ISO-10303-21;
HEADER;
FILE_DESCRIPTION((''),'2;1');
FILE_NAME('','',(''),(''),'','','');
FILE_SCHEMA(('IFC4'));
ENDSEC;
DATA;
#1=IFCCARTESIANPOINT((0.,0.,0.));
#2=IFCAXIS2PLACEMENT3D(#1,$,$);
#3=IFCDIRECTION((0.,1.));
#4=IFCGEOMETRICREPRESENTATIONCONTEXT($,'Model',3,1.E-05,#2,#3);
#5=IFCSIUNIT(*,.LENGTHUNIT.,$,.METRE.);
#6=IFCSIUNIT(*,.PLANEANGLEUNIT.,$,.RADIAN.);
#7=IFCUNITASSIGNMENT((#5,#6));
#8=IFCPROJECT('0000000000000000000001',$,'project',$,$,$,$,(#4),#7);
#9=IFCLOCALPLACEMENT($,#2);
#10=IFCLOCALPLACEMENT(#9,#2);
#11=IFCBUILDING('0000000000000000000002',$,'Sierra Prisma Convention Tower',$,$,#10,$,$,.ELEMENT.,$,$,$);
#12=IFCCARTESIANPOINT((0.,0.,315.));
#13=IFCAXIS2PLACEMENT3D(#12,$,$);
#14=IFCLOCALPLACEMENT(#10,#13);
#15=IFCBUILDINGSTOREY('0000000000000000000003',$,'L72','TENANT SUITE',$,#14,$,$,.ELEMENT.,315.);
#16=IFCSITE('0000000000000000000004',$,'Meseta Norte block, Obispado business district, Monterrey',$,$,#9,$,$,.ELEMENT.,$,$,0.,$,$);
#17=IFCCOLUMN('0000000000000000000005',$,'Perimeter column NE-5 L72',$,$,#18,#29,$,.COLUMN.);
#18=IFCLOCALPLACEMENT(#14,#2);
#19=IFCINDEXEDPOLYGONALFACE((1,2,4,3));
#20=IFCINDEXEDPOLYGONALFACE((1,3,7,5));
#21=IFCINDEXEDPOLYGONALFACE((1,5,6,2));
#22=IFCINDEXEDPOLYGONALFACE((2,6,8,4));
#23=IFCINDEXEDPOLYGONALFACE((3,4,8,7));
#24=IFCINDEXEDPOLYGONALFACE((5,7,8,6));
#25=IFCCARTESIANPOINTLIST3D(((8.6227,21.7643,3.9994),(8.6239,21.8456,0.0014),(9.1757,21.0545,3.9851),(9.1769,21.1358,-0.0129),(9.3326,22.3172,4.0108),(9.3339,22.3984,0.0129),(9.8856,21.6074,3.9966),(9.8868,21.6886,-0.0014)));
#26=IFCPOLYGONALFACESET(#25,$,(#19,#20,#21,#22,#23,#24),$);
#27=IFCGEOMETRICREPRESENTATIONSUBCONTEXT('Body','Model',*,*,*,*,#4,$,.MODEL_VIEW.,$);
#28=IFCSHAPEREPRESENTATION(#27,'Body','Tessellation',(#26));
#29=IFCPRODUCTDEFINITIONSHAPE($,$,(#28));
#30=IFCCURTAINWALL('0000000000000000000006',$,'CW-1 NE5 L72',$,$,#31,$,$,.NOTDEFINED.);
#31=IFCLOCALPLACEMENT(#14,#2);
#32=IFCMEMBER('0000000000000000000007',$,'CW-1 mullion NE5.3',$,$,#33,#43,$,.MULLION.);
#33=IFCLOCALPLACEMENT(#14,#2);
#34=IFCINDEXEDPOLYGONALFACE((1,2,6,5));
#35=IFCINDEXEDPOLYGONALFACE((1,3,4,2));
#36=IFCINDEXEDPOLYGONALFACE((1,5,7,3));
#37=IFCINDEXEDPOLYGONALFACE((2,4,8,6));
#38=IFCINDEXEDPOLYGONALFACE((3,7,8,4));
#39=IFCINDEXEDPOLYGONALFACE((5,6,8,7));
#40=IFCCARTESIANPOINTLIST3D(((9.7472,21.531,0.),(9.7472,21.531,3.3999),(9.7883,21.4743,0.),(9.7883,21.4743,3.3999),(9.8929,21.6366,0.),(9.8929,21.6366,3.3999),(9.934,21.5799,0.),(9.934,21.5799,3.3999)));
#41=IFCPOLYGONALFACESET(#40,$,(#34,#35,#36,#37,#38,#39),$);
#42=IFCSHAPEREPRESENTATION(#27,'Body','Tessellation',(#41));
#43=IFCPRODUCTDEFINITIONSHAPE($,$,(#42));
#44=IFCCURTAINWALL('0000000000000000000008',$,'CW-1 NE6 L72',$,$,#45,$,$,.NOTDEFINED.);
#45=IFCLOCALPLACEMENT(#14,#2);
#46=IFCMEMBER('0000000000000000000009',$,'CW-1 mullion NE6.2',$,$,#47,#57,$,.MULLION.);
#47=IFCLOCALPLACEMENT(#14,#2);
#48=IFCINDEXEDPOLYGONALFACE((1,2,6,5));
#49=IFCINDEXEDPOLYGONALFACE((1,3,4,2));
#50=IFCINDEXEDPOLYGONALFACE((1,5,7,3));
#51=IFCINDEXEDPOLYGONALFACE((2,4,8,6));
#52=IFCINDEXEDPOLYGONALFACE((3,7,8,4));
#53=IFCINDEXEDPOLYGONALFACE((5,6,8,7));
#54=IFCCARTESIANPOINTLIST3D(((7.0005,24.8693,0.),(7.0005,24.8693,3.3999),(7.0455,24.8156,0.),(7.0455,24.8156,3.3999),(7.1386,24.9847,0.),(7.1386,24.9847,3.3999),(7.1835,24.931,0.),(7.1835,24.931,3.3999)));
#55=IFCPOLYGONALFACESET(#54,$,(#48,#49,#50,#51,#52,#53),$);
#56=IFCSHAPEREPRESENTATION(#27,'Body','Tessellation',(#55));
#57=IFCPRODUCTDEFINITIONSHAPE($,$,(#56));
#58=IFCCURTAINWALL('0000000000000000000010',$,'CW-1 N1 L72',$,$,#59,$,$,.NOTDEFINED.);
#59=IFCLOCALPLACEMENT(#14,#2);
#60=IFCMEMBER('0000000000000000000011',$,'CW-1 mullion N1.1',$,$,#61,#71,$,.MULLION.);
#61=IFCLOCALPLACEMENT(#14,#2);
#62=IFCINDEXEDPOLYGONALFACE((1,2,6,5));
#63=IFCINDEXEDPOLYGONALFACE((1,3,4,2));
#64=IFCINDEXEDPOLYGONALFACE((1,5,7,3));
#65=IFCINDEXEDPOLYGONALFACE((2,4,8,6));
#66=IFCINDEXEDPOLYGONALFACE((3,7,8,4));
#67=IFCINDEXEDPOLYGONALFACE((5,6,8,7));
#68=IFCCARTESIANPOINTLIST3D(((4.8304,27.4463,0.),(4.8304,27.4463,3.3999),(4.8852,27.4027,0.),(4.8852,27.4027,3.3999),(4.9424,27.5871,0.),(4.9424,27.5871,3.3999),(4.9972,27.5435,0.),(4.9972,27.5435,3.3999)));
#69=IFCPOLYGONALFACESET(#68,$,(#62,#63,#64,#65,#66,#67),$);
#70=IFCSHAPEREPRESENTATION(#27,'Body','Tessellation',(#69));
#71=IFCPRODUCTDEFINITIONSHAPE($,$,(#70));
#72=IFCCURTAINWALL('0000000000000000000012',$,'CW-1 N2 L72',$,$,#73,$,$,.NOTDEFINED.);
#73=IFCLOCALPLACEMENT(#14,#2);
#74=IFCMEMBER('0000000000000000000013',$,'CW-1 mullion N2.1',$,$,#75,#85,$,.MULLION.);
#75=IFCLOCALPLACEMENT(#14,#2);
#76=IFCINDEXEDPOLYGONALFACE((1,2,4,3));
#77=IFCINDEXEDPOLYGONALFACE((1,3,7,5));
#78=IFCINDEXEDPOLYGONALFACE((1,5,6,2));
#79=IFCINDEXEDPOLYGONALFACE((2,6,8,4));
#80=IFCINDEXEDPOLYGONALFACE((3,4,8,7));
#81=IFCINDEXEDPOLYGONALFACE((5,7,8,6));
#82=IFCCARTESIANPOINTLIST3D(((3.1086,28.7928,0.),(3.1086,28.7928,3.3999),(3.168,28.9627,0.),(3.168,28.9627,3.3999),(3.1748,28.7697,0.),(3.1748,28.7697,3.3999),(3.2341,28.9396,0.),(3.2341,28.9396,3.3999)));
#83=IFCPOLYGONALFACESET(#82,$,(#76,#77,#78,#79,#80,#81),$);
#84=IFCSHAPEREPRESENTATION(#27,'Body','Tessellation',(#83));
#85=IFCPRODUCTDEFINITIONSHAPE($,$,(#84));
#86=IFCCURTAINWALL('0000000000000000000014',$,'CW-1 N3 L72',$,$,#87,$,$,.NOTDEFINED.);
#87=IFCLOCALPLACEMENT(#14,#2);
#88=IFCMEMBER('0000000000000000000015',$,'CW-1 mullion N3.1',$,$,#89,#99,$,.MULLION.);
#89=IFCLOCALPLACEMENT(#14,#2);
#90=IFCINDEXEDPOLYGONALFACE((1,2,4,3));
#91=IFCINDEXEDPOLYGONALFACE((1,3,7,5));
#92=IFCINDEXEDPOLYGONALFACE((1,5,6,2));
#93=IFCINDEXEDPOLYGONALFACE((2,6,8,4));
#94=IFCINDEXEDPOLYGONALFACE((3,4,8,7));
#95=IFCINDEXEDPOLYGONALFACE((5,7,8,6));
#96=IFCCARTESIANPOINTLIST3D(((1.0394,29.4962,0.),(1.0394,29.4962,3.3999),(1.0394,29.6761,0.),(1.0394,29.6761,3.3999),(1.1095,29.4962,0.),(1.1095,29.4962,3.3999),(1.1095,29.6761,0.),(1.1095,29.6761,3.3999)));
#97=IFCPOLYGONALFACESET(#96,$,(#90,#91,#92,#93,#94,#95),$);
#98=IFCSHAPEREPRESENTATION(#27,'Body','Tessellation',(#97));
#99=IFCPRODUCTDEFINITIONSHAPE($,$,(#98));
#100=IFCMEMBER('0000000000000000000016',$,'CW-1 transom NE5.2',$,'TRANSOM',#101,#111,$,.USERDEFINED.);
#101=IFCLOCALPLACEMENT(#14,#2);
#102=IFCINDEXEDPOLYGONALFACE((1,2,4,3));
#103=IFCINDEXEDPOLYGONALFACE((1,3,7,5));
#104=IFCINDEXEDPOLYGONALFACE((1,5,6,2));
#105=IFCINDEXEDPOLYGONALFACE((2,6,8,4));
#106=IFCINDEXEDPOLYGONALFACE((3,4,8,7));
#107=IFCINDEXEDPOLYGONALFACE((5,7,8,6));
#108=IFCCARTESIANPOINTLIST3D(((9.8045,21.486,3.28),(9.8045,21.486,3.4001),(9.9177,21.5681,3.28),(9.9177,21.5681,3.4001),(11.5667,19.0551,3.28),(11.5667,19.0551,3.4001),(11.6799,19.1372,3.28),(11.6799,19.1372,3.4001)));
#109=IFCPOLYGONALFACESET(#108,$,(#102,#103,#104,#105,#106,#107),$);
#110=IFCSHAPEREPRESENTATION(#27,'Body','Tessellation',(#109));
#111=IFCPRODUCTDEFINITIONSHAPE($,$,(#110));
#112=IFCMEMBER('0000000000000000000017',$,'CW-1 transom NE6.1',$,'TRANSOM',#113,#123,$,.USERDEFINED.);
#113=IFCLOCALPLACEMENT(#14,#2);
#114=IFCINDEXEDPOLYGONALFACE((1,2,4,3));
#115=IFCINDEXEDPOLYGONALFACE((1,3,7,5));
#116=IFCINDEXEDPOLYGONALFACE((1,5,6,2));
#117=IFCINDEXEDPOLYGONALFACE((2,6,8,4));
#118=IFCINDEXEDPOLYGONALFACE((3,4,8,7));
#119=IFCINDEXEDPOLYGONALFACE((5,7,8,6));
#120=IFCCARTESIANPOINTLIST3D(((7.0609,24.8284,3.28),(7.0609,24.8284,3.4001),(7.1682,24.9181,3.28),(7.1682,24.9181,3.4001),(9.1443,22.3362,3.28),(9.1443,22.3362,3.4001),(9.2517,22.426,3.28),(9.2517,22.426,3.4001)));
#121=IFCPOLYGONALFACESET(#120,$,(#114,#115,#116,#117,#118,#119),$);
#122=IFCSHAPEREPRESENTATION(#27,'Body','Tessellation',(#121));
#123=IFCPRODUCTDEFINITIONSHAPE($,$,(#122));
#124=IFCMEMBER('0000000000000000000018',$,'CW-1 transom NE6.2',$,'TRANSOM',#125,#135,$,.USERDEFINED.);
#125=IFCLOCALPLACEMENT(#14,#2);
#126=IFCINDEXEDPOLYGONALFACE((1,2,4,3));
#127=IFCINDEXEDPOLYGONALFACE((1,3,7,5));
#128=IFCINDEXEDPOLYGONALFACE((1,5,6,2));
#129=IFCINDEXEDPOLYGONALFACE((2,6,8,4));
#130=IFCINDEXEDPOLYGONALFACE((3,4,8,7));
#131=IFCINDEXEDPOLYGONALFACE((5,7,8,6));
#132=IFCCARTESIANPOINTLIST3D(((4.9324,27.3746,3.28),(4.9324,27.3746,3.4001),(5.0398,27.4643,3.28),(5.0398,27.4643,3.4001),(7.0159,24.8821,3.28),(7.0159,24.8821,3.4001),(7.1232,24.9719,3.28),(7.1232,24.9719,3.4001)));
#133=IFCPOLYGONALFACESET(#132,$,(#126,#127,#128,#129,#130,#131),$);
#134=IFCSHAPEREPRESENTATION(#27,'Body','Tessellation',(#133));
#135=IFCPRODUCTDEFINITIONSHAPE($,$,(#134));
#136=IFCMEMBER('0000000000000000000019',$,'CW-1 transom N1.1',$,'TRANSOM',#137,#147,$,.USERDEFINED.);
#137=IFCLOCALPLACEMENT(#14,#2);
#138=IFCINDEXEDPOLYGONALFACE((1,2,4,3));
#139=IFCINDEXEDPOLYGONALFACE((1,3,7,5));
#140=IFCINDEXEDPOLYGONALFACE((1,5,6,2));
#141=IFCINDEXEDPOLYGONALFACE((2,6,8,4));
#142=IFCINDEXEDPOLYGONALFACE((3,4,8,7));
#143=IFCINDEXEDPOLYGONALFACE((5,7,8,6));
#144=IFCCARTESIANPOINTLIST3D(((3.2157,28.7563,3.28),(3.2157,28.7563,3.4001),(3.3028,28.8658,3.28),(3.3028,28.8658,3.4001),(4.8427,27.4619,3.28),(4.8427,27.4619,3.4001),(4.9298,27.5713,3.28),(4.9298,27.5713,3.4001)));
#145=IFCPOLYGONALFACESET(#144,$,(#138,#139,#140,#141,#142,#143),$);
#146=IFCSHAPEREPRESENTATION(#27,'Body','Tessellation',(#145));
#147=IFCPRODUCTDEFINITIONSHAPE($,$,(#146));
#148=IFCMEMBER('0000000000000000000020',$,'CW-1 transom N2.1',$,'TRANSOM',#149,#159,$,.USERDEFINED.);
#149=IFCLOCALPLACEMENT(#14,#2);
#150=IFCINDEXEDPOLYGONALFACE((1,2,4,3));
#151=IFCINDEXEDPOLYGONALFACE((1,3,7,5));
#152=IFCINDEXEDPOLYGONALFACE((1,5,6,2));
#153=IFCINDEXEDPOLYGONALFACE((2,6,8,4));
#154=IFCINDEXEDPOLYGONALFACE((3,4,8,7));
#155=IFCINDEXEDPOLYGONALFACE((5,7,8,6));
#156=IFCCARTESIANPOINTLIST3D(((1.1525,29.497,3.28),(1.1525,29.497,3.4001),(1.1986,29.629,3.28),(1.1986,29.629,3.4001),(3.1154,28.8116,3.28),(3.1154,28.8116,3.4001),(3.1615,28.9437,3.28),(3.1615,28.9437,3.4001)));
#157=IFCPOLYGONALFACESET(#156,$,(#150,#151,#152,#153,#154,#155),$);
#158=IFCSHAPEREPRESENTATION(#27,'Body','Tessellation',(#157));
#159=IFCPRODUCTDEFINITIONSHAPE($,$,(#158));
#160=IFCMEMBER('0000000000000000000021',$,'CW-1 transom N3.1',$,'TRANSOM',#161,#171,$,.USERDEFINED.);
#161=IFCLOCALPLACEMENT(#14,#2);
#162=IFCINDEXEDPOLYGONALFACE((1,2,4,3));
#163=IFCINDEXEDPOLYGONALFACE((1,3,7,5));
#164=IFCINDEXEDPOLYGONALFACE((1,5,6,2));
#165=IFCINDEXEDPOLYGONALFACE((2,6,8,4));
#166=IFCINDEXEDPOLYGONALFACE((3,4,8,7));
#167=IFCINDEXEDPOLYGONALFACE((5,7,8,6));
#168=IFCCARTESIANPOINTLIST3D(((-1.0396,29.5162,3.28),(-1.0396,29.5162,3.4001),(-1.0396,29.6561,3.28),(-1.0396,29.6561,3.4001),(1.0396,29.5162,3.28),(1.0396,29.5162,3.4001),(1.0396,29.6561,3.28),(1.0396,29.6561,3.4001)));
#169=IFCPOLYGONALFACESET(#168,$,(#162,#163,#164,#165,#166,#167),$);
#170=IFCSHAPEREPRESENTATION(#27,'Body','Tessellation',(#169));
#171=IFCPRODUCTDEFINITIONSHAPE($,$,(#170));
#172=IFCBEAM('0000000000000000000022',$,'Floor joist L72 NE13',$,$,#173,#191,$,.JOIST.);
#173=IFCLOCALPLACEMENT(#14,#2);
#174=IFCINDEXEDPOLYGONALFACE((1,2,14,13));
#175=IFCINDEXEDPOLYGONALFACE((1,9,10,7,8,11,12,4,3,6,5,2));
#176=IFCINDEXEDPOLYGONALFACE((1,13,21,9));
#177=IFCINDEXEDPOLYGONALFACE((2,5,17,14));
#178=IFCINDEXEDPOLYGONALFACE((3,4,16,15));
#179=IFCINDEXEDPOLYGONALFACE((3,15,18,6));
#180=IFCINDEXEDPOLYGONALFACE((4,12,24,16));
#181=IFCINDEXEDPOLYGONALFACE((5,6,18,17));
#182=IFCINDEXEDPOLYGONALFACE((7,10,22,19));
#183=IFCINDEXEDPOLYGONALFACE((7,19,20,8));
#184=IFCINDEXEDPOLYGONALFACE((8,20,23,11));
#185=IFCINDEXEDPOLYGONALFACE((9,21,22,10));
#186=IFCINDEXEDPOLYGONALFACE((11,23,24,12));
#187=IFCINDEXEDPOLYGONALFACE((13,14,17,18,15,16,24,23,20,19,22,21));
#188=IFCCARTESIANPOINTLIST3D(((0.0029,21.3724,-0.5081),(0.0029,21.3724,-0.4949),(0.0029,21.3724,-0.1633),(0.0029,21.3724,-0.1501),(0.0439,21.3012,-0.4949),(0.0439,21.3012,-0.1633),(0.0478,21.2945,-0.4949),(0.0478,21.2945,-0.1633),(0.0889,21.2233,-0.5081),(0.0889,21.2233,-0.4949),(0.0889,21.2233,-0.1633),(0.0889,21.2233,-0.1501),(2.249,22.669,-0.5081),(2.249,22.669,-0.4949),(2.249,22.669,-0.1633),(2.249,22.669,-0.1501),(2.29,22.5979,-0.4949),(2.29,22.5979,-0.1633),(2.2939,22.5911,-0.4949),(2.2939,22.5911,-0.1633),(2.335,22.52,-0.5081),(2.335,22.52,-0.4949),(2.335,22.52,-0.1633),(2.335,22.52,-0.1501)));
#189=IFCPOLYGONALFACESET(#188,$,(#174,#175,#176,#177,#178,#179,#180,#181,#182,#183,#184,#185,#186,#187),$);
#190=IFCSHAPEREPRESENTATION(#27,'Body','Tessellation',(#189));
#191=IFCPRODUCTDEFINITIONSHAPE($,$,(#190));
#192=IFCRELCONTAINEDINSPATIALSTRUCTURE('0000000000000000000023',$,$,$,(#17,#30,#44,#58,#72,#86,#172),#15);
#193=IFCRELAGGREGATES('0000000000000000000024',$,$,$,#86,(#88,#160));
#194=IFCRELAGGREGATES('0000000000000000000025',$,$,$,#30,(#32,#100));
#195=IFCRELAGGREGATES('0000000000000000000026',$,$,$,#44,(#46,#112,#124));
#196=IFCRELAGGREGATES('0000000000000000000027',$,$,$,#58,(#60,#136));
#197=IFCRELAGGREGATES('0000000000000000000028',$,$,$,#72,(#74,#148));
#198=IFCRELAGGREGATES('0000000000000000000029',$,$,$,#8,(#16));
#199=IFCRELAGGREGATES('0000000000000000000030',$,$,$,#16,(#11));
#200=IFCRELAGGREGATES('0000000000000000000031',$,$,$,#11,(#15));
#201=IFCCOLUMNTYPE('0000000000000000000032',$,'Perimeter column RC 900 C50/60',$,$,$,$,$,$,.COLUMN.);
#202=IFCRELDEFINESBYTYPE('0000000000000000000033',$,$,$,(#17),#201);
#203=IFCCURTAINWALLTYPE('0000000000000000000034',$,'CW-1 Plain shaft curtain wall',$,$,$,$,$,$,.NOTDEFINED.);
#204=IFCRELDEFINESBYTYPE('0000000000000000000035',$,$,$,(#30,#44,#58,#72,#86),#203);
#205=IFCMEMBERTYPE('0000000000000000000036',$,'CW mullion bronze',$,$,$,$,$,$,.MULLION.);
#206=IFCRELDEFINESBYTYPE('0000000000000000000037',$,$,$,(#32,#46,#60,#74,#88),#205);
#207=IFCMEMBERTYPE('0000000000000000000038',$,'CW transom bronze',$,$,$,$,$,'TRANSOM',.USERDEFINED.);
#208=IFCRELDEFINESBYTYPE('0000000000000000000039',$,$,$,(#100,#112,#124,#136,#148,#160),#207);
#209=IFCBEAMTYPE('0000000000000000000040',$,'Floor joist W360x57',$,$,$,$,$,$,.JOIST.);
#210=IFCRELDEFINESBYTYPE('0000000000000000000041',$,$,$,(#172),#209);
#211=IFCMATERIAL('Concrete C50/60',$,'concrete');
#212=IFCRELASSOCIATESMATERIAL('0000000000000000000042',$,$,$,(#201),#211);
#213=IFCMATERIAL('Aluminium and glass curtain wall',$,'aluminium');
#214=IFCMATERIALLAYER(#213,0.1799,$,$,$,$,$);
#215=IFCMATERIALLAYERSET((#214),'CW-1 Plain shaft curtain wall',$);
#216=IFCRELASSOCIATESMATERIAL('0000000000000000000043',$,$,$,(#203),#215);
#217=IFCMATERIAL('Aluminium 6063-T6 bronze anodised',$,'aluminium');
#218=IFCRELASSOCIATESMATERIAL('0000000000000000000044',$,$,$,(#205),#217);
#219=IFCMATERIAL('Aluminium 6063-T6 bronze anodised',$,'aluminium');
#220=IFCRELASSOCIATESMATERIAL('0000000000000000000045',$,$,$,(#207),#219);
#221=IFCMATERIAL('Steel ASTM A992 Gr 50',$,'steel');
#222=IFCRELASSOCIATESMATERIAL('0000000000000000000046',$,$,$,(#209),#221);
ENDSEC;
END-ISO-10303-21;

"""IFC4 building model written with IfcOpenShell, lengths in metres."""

from ifc_helpers import new_model, si_unit, direction, frame, origin, origin_2d, place, context, subcontext, project, spatial, rectangle, i_section, extrude, clip, halfspace, material, layer, layer_set, material_profile, profile_set, type_object, element, aggregate, save


model = new_model("IFC4")

# Units and contexts
model_context = context("Model", 3, precision=1e-05, world=origin(), true_north=direction((0.0, 1.0)))
body_context = subcontext(model_context, "Body", "Model", "MODEL_VIEW")
ifc_project = project(units=[si_unit("LENGTHUNIT", "METRE"), si_unit("PLANEANGLEUNIT", "RADIAN")], contexts=[model_context])

# Site, building, storey
site_placement = place(None, origin())
site = spatial("IfcSite", under=ifc_project, at=site_placement, Name="Meseta Norte block, Obispado business district, Monterrey", CompositionType="ELEMENT", RefElevation=0.0)
building_placement = place(site_placement, origin())
building = spatial("IfcBuilding", under=site, at=building_placement, Name="Sierra Prisma Convention Tower", CompositionType="ELEMENT")
storey_placement = place(building_placement, frame((0.0, 0.0, 315.0)))
storey = spatial("IfcBuildingStorey", under=building, at=storey_placement, Name="L72", Description="TENANT SUITE", CompositionType="ELEMENT", Elevation=315.0)

# Column
ifc_material_1 = material(Name="Concrete C50/60", Category="concrete")
ifc_material_profile_1 = material_profile(ifc_material_1, rectangle(XDim=0.8999, YDim=0.8999, at=origin_2d()), Name="Perimeter column RC 900 C50/60")
ifc_profile_set_1 = profile_set([ifc_material_profile_1], Name="Concrete C50/60")
column_type = type_object("IfcColumnType", Name="Perimeter column RC 900 C50/60", PredefinedType="COLUMN", material=ifc_profile_set_1)
column_placement = place(storey_placement, frame((9.2554, 21.7671, 0.0), z_axis=(-0.000305, -0.020321, 0.999793), x_axis=(-0.614499, 0.788759, 0.015844)))
element("IfcColumn", 1, at=column_placement, inside=storey, type_object=column_type, Name="Perimeter column NE-5 L72", PredefinedType="COLUMN", context=body_context, shape_type="SweptSolid", body=[
    clip(extrude(rectangle(XDim=0.8999, YDim=0.8999, at=origin_2d()), origin(), (0.0, 0.0, 1.0), 4.0007), halfspace(frame((0.0, 0.0, 3.9988)), False)),
])

# Curtain walls, members
ifc_material_2 = material(Name="Aluminium and glass curtain wall", Category="aluminium")
ifc_layer_1 = layer(ifc_material_2, 0.1799)
ifc_layer_set_1 = layer_set([ifc_layer_1], Name="CW-1 Plain shaft curtain wall")
curtain_wall_type = type_object("IfcCurtainWallType", Name="CW-1 Plain shaft curtain wall", PredefinedType="NOTDEFINED", material=ifc_layer_set_1)
curtain_wall_1_placement = place(storey_placement, origin())
curtain_wall_1 = element("IfcCurtainWall", 2, at=curtain_wall_1_placement, inside=storey, type_object=curtain_wall_type, Name="CW-1 NE5 L72", PredefinedType="NOTDEFINED")
ifc_material_3 = material(Name="Aluminium 6063-T6 bronze anodised", Category="aluminium")
ifc_material_profile_2 = material_profile(ifc_material_3, rectangle(XDim=0.1799, YDim=0.0701, at=origin_2d()), Name="ALU MULLION 70x180")
ifc_profile_set_2 = profile_set([ifc_material_profile_2], Name="Aluminium 6063-T6 bronze anodised")
member_type_1 = type_object("IfcMemberType", Name="CW mullion bronze", PredefinedType="MULLION", material=ifc_profile_set_2)
member_1_placement = place(storey_placement, frame((9.8406, 21.5554, 0.0), z_axis=(0.0, 0.0, 1.0), x_axis=(-0.809667, -0.58689, 0.0)))
member_1 = element("IfcMember", 3, at=member_1_placement, type_object=member_type_1, Name="CW-1 mullion NE5.3", PredefinedType="MULLION", context=body_context, shape_type="SweptSolid", body=[
    extrude(rectangle(XDim=0.1799, YDim=0.0701, at=origin_2d()), origin(), (0.0, 0.0, 1.0), 3.3999),
])
curtain_wall_2_placement = place(storey_placement, origin())
curtain_wall_2 = element("IfcCurtainWall", 4, at=curtain_wall_2_placement, inside=storey, type_object=curtain_wall_type, Name="CW-1 NE6 L72", PredefinedType="NOTDEFINED")
member_2_placement = place(storey_placement, frame((7.092, 24.9001, 0.0), z_axis=(0.0, 0.0, 1.0), x_axis=(-0.767229, -0.641374, 0.0)))
member_2 = element("IfcMember", 5, at=member_2_placement, type_object=member_type_1, Name="CW-1 mullion NE6.2", PredefinedType="MULLION", context=body_context, shape_type="SweptSolid", body=[
    extrude(rectangle(XDim=0.1799, YDim=0.0701, at=origin_2d()), origin(), (0.0, 0.0, 1.0), 3.3999),
])
curtain_wall_3_placement = place(storey_placement, origin())
curtain_wall_3 = element("IfcCurtainWall", 6, at=curtain_wall_3_placement, inside=storey, type_object=curtain_wall_type, Name="CW-1 N1 L72", PredefinedType="NOTDEFINED")
member_3_placement = place(storey_placement, frame((4.9138, 27.4949, 0.0), z_axis=(0.0, 0.0, 1.0), x_axis=(-0.622534, -0.782593, 0.0)))
member_3 = element("IfcMember", 7, at=member_3_placement, type_object=member_type_1, Name="CW-1 mullion N1.1", PredefinedType="MULLION", context=body_context, shape_type="SweptSolid", body=[
    extrude(rectangle(XDim=0.1799, YDim=0.0701, at=origin_2d()), origin(), (0.0, 0.0, 1.0), 3.3999),
])
curtain_wall_4_placement = place(storey_placement, origin())
curtain_wall_4 = element("IfcCurtainWall", 8, at=curtain_wall_4_placement, inside=storey, type_object=curtain_wall_type, Name="CW-1 N2 L72", PredefinedType="NOTDEFINED")
member_4_placement = place(storey_placement, frame((3.1714, 28.8662, 0.0), z_axis=(0.0, 0.0, 1.0), x_axis=(-0.329702, -0.944085, 0.0)))
member_4 = element("IfcMember", 9, at=member_4_placement, type_object=member_type_1, Name="CW-1 mullion N2.1", PredefinedType="MULLION", context=body_context, shape_type="SweptSolid", body=[
    extrude(rectangle(XDim=0.1799, YDim=0.0701, at=origin_2d()), origin(), (0.0, 0.0, 1.0), 3.3999),
])
curtain_wall_5_placement = place(storey_placement, origin())
curtain_wall_5 = element("IfcCurtainWall", 10, at=curtain_wall_5_placement, inside=storey, type_object=curtain_wall_type, Name="CW-1 N3 L72", PredefinedType="NOTDEFINED")
member_5_placement = place(storey_placement, frame((1.0745, 29.5862, 0.0), z_axis=(0.0, 0.0, 1.0), x_axis=(0.0, -1.0, 0.0)))
member_5 = element("IfcMember", 11, at=member_5_placement, type_object=member_type_1, Name="CW-1 mullion N3.1", PredefinedType="MULLION", context=body_context, shape_type="SweptSolid", body=[
    extrude(rectangle(XDim=0.1799, YDim=0.0701, at=origin_2d()), origin(), (0.0, 0.0, 1.0), 3.3999),
])

# Members
ifc_material_4 = material(Name="Aluminium 6063-T6 bronze anodised", Category="aluminium")
ifc_material_profile_3 = material_profile(ifc_material_4, rectangle(XDim=0.1399, YDim=0.1201, at=origin_2d()), Name="ALU TRANSOM 120x140")
ifc_profile_set_3 = profile_set([ifc_material_profile_3], Name="Aluminium 6063-T6 bronze anodised")
member_type_2 = type_object("IfcMemberType", Name="CW transom bronze", ElementType="TRANSOM", PredefinedType="USERDEFINED", material=ifc_profile_set_3)
member_6_placement = place(storey_placement, frame((11.6233, 19.0962, 3.3401), z_axis=(-0.586924, 0.809642, 0.0), x_axis=(-0.809642, -0.586924, 0.0)))
member_6 = element("IfcMember", 12, at=member_6_placement, type_object=member_type_2, Name="CW-1 transom NE5.2", ObjectType="TRANSOM", PredefinedType="USERDEFINED", context=body_context, shape_type="SweptSolid", body=[
    extrude(rectangle(XDim=0.1399, YDim=0.1201, at=origin_2d()), origin(), (0.0, 0.0, 1.0), 3.0024),
])
member_7_placement = place(storey_placement, frame((9.198, 22.3811, 3.3401), z_axis=(-0.641396, 0.76721, 0.0), x_axis=(-0.76721, -0.641396, 0.0)))
member_7 = element("IfcMember", 13, at=member_7_placement, type_object=member_type_2, Name="CW-1 transom NE6.1", ObjectType="TRANSOM", PredefinedType="USERDEFINED", context=body_context, shape_type="SweptSolid", body=[
    extrude(rectangle(XDim=0.1399, YDim=0.1201, at=origin_2d()), origin(), (0.0, 0.0, 1.0), 3.2483),
])
member_8_placement = place(storey_placement, frame((7.0696, 24.927, 3.3401), z_axis=(-0.641359, 0.767241, 0.0), x_axis=(-0.767241, -0.641359, 0.0)))
member_8 = element("IfcMember", 14, at=member_8_placement, type_object=member_type_2, Name="CW-1 transom NE6.2", ObjectType="TRANSOM", PredefinedType="USERDEFINED", context=body_context, shape_type="SweptSolid", body=[
    extrude(rectangle(XDim=0.1399, YDim=0.1201, at=origin_2d()), origin(), (0.0, 0.0, 1.0), 3.2485),
])
member_9_placement = place(storey_placement, frame((4.8862, 27.5166, 3.3401), z_axis=(-0.782539, 0.622602, 0.0), x_axis=(-0.622602, -0.782539, 0.0)))
member_9 = element("IfcMember", 15, at=member_9_placement, type_object=member_type_2, Name="CW-1 transom N1.1", ObjectType="TRANSOM", PredefinedType="USERDEFINED", context=body_context, shape_type="SweptSolid", body=[
    extrude(rectangle(XDim=0.1399, YDim=0.1201, at=origin_2d()), origin(), (0.0, 0.0, 1.0), 2.0791),
])
member_10_placement = place(storey_placement, frame((3.1384, 28.8777, 3.3401), z_axis=(-0.944114, 0.329618, 0.0), x_axis=(-0.329618, -0.944114, 0.0)))
member_10 = element("IfcMember", 16, at=member_10_placement, type_object=member_type_2, Name="CW-1 transom N2.1", ObjectType="TRANSOM", PredefinedType="USERDEFINED", context=body_context, shape_type="SweptSolid", body=[
    extrude(rectangle(XDim=0.1399, YDim=0.1201, at=origin_2d()), origin(), (0.0, 0.0, 1.0), 2.0791),
])
member_11_placement = place(storey_placement, frame((1.0396, 29.5862, 3.3401), z_axis=(-1.0, 0.0, 0.0), x_axis=(0.0, -1.0, 0.0)))
member_11 = element("IfcMember", 17, at=member_11_placement, type_object=member_type_2, Name="CW-1 transom N3.1", ObjectType="TRANSOM", PredefinedType="USERDEFINED", context=body_context, shape_type="SweptSolid", body=[
    extrude(rectangle(XDim=0.1399, YDim=0.1201, at=origin_2d()), origin(), (0.0, 0.0, 1.0), 2.0791),
])
aggregate(curtain_wall_5, [member_5, member_11])

# Beam
ifc_material_5 = material(Name="Steel ASTM A992 Gr 50", Category="steel")
ifc_material_profile_4 = material_profile(ifc_material_5, i_section(OverallWidth=0.1721, OverallDepth=0.3579, WebThickness=0.0078, FlangeThickness=0.0132, at=origin_2d()), Name="W360x57")
ifc_profile_set_4 = profile_set([ifc_material_profile_4], Name="Steel ASTM A992 Gr 50")
beam_type_1 = type_object("IfcBeamType", Name="Floor joist W360x57", PredefinedType="JOIST", material=ifc_profile_set_4)
beam_1_placement = place(storey_placement, frame((2.292, 22.5945, -0.3291), z_axis=(-0.866051, -0.499956, 0.0), x_axis=(0.499956, -0.866051, 0.0)))
element("IfcBeam", 18, at=beam_1_placement, inside=storey, type_object=beam_type_1, Name="Floor joist L72 NE13", PredefinedType="JOIST", context=body_context, shape_type="SweptSolid", body=[
    extrude(i_section(OverallWidth=0.1721, OverallDepth=0.3579, WebThickness=0.0078, FlangeThickness=0.0132, at=origin_2d()), origin(), (0.0, 0.0, 1.0), 2.5935),
])

aggregate(curtain_wall_1, [member_1, member_6])
aggregate(curtain_wall_2, [member_2, member_7, member_8])
aggregate(curtain_wall_3, [member_3, member_9])
aggregate(curtain_wall_4, [member_4, member_10])

save(model, "model.ifc")
